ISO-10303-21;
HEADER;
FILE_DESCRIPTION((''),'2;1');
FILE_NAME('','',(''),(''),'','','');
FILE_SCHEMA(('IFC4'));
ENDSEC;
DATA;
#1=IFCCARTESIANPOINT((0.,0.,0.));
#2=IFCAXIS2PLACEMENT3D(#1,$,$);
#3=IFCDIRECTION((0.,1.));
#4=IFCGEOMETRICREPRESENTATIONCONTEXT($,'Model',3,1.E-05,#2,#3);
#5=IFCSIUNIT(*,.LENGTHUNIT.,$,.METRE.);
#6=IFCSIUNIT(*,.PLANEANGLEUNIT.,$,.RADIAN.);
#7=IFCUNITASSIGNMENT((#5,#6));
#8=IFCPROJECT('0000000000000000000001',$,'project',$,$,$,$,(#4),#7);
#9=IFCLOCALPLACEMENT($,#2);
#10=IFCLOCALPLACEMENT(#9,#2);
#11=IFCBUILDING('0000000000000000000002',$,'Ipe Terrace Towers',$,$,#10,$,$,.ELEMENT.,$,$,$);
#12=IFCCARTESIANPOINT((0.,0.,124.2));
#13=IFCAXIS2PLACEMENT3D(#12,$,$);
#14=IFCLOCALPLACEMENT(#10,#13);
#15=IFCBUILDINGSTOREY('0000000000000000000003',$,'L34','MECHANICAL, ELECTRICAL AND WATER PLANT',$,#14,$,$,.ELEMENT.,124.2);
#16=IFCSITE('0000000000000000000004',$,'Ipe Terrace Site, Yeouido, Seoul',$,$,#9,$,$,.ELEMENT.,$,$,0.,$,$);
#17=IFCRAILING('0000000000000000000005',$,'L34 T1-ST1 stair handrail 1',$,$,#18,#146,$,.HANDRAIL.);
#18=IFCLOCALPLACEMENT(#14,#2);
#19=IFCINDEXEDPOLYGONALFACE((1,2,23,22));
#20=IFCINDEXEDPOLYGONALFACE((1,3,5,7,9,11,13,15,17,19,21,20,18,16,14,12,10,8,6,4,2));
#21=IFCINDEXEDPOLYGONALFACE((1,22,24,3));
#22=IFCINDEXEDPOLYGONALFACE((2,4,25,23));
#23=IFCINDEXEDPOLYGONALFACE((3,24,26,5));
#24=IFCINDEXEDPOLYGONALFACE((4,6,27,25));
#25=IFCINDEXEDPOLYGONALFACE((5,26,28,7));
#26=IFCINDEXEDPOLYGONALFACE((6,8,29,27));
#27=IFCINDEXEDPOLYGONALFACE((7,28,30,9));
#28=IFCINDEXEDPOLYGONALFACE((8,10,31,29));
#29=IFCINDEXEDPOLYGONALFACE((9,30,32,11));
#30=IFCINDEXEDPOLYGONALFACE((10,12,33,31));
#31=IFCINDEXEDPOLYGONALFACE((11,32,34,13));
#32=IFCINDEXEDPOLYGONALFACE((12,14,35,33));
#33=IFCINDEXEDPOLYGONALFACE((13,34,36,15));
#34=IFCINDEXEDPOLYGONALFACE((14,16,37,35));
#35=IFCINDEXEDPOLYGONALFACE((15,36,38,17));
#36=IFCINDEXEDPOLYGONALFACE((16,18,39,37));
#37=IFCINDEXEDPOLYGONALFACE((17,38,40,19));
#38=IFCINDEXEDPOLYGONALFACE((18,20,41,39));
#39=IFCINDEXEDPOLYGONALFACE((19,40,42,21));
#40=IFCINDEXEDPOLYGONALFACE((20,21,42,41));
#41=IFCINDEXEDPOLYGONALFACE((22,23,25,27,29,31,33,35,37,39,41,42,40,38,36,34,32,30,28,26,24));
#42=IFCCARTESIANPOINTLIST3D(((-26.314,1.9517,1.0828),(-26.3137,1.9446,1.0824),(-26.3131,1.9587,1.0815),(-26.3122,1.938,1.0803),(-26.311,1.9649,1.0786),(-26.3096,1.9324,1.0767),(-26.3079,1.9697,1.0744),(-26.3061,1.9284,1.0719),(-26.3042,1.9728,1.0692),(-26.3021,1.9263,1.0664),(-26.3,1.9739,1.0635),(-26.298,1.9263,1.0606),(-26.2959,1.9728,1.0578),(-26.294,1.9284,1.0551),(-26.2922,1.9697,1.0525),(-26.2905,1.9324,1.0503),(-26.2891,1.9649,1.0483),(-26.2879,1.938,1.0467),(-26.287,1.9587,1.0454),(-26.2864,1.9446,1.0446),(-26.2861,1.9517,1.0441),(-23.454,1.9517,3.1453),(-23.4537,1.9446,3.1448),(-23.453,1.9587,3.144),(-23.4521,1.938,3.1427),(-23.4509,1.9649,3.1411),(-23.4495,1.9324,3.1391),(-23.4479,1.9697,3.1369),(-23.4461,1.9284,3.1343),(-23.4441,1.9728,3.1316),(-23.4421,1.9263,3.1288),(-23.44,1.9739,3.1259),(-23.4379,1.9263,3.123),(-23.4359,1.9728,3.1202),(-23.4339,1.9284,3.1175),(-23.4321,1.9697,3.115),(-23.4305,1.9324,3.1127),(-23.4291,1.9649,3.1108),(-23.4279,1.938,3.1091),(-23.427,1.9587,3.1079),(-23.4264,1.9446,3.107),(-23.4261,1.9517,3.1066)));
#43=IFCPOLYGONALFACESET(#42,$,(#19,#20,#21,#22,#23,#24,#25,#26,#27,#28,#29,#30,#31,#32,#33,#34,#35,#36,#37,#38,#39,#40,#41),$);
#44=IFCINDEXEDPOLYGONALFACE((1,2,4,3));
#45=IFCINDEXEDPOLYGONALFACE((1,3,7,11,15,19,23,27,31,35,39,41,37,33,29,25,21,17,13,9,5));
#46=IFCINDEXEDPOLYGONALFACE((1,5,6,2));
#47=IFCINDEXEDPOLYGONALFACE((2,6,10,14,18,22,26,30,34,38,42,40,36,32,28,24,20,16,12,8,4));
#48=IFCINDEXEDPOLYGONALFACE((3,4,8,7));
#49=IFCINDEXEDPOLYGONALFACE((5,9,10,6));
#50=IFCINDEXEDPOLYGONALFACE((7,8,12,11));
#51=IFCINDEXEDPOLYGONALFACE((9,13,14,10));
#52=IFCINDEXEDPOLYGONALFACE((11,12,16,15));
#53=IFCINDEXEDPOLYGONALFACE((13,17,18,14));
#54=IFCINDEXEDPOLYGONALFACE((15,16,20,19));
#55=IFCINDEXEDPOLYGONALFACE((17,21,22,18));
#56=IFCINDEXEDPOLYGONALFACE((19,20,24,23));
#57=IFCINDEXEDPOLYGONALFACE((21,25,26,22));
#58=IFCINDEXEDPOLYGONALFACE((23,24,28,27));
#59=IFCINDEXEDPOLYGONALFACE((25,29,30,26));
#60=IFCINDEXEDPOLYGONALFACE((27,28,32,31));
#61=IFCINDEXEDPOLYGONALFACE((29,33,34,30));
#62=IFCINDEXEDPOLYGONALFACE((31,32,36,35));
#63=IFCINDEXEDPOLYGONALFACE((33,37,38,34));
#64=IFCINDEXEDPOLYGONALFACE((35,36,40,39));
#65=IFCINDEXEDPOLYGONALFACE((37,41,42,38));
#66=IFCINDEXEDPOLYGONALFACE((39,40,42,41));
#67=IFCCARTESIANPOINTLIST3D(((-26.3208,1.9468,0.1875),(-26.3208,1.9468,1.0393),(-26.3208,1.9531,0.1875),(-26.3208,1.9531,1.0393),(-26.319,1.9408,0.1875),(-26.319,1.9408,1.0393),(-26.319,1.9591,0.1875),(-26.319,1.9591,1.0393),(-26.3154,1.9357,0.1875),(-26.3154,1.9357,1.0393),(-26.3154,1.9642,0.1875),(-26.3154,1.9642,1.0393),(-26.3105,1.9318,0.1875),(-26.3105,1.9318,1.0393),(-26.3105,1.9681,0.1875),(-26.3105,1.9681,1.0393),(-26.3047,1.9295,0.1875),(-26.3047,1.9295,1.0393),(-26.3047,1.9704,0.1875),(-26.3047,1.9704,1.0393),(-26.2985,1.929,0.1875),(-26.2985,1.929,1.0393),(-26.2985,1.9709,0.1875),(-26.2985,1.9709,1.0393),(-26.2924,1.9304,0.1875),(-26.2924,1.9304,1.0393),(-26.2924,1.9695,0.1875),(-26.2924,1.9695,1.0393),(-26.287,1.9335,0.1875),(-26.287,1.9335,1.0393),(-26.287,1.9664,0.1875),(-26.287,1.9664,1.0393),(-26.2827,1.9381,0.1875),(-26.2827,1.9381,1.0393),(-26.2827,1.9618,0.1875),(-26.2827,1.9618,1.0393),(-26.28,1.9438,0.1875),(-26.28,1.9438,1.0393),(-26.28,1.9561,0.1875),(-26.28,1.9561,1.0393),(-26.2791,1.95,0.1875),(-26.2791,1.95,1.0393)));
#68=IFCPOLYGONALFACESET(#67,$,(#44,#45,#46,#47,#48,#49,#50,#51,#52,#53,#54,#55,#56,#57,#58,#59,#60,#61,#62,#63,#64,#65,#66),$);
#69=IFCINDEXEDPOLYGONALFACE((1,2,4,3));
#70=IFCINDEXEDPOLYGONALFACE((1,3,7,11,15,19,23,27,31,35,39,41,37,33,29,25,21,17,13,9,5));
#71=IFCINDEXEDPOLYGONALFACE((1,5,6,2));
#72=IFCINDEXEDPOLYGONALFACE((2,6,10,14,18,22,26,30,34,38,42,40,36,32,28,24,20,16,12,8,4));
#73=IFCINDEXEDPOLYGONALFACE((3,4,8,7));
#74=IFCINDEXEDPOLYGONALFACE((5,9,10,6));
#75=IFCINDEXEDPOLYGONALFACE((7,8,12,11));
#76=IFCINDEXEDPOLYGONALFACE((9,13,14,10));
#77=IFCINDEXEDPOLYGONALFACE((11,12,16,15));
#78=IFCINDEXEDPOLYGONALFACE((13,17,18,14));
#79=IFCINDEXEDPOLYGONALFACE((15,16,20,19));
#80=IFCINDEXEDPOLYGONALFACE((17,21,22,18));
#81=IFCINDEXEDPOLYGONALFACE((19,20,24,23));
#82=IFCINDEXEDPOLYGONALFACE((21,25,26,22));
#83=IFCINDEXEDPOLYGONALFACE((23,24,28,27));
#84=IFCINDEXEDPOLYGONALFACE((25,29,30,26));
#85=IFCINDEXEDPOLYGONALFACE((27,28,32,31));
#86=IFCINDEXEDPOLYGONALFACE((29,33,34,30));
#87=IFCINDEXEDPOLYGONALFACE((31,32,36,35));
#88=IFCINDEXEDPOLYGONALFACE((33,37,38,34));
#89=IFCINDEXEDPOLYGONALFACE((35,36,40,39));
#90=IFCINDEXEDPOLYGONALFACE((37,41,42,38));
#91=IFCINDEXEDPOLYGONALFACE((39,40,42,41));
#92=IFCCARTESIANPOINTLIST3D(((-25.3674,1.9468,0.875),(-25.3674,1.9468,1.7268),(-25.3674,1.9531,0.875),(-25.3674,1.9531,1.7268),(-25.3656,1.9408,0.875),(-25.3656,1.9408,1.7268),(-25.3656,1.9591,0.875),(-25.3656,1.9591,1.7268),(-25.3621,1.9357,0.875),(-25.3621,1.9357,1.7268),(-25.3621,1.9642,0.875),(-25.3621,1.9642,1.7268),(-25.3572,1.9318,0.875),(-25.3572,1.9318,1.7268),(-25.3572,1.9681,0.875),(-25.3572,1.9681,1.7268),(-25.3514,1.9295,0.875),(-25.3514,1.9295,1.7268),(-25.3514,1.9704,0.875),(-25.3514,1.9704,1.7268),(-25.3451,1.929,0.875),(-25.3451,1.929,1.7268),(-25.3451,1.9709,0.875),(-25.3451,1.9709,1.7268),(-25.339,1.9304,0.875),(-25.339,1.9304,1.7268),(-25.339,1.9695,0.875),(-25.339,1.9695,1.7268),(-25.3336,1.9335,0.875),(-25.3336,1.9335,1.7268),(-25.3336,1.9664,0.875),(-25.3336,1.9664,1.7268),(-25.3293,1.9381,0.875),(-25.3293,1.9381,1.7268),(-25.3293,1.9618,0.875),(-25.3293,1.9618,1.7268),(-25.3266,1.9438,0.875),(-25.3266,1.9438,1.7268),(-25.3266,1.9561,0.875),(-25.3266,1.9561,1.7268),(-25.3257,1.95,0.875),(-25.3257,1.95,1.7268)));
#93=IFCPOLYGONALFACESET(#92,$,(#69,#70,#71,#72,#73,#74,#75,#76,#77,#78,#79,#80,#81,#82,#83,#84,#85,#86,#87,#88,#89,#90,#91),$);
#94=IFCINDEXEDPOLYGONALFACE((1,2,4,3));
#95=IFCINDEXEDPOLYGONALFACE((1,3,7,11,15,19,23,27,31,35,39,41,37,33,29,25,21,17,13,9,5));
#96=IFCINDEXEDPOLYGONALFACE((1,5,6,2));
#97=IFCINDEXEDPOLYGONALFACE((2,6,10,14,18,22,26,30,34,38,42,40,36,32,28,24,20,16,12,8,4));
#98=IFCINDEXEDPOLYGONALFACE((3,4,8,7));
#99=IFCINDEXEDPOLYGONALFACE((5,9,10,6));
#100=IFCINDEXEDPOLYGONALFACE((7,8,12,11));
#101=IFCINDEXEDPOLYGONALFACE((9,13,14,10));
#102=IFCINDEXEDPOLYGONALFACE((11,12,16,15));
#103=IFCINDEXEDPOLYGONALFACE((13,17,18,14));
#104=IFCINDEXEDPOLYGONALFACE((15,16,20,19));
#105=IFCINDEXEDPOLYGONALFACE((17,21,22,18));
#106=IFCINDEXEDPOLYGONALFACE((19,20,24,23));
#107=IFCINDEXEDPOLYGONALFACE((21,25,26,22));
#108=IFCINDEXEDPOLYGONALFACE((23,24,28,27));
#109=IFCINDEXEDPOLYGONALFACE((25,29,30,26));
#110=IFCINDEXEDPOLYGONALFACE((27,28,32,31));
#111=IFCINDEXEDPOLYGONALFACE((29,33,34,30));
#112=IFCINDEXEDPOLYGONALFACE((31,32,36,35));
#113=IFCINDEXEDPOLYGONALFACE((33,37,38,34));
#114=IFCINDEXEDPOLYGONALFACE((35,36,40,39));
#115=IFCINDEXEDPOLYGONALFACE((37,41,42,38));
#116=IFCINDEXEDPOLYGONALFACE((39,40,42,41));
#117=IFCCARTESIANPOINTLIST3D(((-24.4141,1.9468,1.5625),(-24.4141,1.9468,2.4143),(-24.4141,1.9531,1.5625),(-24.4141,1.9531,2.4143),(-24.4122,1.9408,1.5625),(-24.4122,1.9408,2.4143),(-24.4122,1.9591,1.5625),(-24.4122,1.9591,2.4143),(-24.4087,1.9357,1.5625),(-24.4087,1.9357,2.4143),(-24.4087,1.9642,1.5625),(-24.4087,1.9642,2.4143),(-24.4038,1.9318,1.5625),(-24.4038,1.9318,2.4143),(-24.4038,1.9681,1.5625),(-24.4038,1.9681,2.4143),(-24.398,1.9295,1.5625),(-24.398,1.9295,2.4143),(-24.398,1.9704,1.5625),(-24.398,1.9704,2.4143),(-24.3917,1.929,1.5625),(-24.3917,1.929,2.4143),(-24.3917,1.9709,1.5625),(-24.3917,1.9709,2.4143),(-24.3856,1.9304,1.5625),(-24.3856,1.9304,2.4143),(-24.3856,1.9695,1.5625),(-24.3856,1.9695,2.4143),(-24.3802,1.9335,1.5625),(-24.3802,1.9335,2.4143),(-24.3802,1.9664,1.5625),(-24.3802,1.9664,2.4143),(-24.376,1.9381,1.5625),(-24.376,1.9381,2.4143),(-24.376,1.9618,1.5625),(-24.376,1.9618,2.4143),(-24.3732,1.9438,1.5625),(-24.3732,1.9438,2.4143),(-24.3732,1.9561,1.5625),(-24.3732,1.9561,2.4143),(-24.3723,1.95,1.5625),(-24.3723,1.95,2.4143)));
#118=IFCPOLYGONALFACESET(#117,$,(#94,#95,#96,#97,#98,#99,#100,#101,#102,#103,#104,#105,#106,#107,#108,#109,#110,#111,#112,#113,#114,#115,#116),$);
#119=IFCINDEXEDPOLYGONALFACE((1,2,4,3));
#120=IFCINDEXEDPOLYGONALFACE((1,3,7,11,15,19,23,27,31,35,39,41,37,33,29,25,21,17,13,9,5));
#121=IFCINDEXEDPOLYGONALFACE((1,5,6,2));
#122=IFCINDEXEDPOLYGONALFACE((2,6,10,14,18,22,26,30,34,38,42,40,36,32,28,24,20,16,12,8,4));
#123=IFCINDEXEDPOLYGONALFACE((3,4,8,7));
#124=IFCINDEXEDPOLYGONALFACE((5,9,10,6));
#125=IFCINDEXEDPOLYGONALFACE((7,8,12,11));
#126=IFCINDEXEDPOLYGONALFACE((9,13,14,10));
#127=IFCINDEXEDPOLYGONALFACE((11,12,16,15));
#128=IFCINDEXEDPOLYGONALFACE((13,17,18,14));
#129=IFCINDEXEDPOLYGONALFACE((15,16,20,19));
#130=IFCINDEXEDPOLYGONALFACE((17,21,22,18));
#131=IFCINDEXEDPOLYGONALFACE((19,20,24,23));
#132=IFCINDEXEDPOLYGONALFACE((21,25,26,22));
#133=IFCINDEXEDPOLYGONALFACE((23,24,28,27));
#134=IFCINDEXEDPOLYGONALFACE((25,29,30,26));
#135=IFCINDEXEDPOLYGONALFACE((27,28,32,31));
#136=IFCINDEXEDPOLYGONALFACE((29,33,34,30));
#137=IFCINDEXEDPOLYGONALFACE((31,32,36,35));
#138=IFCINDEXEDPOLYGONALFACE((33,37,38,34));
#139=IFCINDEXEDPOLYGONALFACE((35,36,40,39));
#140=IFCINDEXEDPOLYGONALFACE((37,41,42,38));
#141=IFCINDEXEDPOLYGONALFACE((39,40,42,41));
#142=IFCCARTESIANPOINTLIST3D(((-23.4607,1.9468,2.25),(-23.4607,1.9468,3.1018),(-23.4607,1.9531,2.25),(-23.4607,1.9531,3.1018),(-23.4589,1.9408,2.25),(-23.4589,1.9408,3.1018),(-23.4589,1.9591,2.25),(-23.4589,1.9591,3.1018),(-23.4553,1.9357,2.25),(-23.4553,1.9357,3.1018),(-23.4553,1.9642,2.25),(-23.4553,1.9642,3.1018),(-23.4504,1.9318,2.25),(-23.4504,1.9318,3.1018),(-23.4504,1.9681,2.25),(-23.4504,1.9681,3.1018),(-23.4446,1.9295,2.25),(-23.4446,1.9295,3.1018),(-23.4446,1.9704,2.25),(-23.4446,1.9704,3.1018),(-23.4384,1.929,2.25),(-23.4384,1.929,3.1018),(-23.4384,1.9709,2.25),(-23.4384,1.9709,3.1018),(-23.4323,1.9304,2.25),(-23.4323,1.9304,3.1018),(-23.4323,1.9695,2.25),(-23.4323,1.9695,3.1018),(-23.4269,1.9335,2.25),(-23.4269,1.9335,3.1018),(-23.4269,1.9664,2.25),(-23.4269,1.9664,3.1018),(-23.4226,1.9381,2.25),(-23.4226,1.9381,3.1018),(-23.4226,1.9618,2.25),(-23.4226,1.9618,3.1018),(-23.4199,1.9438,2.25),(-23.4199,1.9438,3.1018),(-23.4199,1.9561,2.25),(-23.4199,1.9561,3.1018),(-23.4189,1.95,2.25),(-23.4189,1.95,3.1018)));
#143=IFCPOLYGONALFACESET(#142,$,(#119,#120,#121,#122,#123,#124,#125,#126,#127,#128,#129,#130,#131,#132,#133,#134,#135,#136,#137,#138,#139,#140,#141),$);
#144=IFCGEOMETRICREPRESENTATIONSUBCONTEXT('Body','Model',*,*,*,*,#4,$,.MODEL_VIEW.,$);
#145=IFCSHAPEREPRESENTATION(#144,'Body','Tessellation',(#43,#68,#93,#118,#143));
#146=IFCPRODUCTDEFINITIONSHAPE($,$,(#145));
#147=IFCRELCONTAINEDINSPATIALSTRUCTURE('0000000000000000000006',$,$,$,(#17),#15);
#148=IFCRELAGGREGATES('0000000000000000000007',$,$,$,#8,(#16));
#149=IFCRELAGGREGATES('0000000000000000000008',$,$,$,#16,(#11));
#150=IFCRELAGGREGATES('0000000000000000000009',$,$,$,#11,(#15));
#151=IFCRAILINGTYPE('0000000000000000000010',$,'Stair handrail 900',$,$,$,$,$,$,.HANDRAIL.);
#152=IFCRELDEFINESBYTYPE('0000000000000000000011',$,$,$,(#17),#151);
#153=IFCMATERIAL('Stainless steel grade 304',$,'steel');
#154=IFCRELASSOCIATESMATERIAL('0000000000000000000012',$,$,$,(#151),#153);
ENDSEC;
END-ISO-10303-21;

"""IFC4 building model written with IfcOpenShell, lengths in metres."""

from ifc_helpers import new_model, si_unit, direction, frame, origin, origin_2d, place, context, subcontext, project, spatial, circle, extrude, material, type_object, element, save


model = new_model("IFC4")

# Units and contexts
model_context = context("Model", 3, precision=1e-05, world=origin(), true_north=direction((0.0, 1.0)))
body_context = subcontext(model_context, "Body", "Model", "MODEL_VIEW")
ifc_project = project(units=[si_unit("LENGTHUNIT", "METRE"), si_unit("PLANEANGLEUNIT", "RADIAN")], contexts=[model_context])

# Site, building, storey
site_placement = place(None, origin())
site = spatial("IfcSite", under=ifc_project, at=site_placement, Name="Ipe Terrace Site, Yeouido, Seoul", CompositionType="ELEMENT", RefElevation=0.0)
building_placement = place(site_placement, origin())
building = spatial("IfcBuilding", under=site, at=building_placement, Name="Ipe Terrace Towers", CompositionType="ELEMENT")
storey_placement = place(building_placement, frame((0.0, 0.0, 124.2)))
storey = spatial("IfcBuildingStorey", under=building, at=storey_placement, Name="L34", Description="MECHANICAL, ELECTRICAL AND WATER PLANT", CompositionType="ELEMENT", Elevation=124.2)

# Railing
ifc_material_1 = material(Name="Stainless steel grade 304", Category="steel")
railing_type_1 = type_object("IfcRailingType", Name="Stair handrail 900", PredefinedType="HANDRAIL", material=ifc_material_1)
railing_1_placement = place(storey_placement, frame((-26.3, 1.95, 0.1875)))
element("IfcRailing", 1, at=railing_1_placement, inside=storey, type_object=railing_type_1, Name="L34 T1-ST1 stair handrail 1", PredefinedType="HANDRAIL", context=body_context, shape_type="SweptSolid", body=[
    extrude(circle(Radius=0.0239, at=origin_2d()), frame((0.0, 0.0, 0.876), z_axis=(0.811101, 0.0, 0.584906), x_axis=(0.0, 1.0, 0.0)), (0.0, 0.0, 1.0), 3.5261),
    extrude(circle(Radius=0.021, at=origin_2d()), origin(), (0.0, 0.0, 1.0), 0.8518),
    extrude(circle(Radius=0.021, at=origin_2d()), frame((0.9534, 0.0, 0.6875)), (0.0, 0.0, 1.0), 0.8518),
    extrude(circle(Radius=0.021, at=origin_2d()), frame((1.9067, 0.0, 1.375)), (0.0, 0.0, 1.0), 0.8518),
    extrude(circle(Radius=0.021, at=origin_2d()), frame((2.8601, 0.0, 2.0625)), (0.0, 0.0, 1.0), 0.8518),
])

save(model, "model.ifc")
